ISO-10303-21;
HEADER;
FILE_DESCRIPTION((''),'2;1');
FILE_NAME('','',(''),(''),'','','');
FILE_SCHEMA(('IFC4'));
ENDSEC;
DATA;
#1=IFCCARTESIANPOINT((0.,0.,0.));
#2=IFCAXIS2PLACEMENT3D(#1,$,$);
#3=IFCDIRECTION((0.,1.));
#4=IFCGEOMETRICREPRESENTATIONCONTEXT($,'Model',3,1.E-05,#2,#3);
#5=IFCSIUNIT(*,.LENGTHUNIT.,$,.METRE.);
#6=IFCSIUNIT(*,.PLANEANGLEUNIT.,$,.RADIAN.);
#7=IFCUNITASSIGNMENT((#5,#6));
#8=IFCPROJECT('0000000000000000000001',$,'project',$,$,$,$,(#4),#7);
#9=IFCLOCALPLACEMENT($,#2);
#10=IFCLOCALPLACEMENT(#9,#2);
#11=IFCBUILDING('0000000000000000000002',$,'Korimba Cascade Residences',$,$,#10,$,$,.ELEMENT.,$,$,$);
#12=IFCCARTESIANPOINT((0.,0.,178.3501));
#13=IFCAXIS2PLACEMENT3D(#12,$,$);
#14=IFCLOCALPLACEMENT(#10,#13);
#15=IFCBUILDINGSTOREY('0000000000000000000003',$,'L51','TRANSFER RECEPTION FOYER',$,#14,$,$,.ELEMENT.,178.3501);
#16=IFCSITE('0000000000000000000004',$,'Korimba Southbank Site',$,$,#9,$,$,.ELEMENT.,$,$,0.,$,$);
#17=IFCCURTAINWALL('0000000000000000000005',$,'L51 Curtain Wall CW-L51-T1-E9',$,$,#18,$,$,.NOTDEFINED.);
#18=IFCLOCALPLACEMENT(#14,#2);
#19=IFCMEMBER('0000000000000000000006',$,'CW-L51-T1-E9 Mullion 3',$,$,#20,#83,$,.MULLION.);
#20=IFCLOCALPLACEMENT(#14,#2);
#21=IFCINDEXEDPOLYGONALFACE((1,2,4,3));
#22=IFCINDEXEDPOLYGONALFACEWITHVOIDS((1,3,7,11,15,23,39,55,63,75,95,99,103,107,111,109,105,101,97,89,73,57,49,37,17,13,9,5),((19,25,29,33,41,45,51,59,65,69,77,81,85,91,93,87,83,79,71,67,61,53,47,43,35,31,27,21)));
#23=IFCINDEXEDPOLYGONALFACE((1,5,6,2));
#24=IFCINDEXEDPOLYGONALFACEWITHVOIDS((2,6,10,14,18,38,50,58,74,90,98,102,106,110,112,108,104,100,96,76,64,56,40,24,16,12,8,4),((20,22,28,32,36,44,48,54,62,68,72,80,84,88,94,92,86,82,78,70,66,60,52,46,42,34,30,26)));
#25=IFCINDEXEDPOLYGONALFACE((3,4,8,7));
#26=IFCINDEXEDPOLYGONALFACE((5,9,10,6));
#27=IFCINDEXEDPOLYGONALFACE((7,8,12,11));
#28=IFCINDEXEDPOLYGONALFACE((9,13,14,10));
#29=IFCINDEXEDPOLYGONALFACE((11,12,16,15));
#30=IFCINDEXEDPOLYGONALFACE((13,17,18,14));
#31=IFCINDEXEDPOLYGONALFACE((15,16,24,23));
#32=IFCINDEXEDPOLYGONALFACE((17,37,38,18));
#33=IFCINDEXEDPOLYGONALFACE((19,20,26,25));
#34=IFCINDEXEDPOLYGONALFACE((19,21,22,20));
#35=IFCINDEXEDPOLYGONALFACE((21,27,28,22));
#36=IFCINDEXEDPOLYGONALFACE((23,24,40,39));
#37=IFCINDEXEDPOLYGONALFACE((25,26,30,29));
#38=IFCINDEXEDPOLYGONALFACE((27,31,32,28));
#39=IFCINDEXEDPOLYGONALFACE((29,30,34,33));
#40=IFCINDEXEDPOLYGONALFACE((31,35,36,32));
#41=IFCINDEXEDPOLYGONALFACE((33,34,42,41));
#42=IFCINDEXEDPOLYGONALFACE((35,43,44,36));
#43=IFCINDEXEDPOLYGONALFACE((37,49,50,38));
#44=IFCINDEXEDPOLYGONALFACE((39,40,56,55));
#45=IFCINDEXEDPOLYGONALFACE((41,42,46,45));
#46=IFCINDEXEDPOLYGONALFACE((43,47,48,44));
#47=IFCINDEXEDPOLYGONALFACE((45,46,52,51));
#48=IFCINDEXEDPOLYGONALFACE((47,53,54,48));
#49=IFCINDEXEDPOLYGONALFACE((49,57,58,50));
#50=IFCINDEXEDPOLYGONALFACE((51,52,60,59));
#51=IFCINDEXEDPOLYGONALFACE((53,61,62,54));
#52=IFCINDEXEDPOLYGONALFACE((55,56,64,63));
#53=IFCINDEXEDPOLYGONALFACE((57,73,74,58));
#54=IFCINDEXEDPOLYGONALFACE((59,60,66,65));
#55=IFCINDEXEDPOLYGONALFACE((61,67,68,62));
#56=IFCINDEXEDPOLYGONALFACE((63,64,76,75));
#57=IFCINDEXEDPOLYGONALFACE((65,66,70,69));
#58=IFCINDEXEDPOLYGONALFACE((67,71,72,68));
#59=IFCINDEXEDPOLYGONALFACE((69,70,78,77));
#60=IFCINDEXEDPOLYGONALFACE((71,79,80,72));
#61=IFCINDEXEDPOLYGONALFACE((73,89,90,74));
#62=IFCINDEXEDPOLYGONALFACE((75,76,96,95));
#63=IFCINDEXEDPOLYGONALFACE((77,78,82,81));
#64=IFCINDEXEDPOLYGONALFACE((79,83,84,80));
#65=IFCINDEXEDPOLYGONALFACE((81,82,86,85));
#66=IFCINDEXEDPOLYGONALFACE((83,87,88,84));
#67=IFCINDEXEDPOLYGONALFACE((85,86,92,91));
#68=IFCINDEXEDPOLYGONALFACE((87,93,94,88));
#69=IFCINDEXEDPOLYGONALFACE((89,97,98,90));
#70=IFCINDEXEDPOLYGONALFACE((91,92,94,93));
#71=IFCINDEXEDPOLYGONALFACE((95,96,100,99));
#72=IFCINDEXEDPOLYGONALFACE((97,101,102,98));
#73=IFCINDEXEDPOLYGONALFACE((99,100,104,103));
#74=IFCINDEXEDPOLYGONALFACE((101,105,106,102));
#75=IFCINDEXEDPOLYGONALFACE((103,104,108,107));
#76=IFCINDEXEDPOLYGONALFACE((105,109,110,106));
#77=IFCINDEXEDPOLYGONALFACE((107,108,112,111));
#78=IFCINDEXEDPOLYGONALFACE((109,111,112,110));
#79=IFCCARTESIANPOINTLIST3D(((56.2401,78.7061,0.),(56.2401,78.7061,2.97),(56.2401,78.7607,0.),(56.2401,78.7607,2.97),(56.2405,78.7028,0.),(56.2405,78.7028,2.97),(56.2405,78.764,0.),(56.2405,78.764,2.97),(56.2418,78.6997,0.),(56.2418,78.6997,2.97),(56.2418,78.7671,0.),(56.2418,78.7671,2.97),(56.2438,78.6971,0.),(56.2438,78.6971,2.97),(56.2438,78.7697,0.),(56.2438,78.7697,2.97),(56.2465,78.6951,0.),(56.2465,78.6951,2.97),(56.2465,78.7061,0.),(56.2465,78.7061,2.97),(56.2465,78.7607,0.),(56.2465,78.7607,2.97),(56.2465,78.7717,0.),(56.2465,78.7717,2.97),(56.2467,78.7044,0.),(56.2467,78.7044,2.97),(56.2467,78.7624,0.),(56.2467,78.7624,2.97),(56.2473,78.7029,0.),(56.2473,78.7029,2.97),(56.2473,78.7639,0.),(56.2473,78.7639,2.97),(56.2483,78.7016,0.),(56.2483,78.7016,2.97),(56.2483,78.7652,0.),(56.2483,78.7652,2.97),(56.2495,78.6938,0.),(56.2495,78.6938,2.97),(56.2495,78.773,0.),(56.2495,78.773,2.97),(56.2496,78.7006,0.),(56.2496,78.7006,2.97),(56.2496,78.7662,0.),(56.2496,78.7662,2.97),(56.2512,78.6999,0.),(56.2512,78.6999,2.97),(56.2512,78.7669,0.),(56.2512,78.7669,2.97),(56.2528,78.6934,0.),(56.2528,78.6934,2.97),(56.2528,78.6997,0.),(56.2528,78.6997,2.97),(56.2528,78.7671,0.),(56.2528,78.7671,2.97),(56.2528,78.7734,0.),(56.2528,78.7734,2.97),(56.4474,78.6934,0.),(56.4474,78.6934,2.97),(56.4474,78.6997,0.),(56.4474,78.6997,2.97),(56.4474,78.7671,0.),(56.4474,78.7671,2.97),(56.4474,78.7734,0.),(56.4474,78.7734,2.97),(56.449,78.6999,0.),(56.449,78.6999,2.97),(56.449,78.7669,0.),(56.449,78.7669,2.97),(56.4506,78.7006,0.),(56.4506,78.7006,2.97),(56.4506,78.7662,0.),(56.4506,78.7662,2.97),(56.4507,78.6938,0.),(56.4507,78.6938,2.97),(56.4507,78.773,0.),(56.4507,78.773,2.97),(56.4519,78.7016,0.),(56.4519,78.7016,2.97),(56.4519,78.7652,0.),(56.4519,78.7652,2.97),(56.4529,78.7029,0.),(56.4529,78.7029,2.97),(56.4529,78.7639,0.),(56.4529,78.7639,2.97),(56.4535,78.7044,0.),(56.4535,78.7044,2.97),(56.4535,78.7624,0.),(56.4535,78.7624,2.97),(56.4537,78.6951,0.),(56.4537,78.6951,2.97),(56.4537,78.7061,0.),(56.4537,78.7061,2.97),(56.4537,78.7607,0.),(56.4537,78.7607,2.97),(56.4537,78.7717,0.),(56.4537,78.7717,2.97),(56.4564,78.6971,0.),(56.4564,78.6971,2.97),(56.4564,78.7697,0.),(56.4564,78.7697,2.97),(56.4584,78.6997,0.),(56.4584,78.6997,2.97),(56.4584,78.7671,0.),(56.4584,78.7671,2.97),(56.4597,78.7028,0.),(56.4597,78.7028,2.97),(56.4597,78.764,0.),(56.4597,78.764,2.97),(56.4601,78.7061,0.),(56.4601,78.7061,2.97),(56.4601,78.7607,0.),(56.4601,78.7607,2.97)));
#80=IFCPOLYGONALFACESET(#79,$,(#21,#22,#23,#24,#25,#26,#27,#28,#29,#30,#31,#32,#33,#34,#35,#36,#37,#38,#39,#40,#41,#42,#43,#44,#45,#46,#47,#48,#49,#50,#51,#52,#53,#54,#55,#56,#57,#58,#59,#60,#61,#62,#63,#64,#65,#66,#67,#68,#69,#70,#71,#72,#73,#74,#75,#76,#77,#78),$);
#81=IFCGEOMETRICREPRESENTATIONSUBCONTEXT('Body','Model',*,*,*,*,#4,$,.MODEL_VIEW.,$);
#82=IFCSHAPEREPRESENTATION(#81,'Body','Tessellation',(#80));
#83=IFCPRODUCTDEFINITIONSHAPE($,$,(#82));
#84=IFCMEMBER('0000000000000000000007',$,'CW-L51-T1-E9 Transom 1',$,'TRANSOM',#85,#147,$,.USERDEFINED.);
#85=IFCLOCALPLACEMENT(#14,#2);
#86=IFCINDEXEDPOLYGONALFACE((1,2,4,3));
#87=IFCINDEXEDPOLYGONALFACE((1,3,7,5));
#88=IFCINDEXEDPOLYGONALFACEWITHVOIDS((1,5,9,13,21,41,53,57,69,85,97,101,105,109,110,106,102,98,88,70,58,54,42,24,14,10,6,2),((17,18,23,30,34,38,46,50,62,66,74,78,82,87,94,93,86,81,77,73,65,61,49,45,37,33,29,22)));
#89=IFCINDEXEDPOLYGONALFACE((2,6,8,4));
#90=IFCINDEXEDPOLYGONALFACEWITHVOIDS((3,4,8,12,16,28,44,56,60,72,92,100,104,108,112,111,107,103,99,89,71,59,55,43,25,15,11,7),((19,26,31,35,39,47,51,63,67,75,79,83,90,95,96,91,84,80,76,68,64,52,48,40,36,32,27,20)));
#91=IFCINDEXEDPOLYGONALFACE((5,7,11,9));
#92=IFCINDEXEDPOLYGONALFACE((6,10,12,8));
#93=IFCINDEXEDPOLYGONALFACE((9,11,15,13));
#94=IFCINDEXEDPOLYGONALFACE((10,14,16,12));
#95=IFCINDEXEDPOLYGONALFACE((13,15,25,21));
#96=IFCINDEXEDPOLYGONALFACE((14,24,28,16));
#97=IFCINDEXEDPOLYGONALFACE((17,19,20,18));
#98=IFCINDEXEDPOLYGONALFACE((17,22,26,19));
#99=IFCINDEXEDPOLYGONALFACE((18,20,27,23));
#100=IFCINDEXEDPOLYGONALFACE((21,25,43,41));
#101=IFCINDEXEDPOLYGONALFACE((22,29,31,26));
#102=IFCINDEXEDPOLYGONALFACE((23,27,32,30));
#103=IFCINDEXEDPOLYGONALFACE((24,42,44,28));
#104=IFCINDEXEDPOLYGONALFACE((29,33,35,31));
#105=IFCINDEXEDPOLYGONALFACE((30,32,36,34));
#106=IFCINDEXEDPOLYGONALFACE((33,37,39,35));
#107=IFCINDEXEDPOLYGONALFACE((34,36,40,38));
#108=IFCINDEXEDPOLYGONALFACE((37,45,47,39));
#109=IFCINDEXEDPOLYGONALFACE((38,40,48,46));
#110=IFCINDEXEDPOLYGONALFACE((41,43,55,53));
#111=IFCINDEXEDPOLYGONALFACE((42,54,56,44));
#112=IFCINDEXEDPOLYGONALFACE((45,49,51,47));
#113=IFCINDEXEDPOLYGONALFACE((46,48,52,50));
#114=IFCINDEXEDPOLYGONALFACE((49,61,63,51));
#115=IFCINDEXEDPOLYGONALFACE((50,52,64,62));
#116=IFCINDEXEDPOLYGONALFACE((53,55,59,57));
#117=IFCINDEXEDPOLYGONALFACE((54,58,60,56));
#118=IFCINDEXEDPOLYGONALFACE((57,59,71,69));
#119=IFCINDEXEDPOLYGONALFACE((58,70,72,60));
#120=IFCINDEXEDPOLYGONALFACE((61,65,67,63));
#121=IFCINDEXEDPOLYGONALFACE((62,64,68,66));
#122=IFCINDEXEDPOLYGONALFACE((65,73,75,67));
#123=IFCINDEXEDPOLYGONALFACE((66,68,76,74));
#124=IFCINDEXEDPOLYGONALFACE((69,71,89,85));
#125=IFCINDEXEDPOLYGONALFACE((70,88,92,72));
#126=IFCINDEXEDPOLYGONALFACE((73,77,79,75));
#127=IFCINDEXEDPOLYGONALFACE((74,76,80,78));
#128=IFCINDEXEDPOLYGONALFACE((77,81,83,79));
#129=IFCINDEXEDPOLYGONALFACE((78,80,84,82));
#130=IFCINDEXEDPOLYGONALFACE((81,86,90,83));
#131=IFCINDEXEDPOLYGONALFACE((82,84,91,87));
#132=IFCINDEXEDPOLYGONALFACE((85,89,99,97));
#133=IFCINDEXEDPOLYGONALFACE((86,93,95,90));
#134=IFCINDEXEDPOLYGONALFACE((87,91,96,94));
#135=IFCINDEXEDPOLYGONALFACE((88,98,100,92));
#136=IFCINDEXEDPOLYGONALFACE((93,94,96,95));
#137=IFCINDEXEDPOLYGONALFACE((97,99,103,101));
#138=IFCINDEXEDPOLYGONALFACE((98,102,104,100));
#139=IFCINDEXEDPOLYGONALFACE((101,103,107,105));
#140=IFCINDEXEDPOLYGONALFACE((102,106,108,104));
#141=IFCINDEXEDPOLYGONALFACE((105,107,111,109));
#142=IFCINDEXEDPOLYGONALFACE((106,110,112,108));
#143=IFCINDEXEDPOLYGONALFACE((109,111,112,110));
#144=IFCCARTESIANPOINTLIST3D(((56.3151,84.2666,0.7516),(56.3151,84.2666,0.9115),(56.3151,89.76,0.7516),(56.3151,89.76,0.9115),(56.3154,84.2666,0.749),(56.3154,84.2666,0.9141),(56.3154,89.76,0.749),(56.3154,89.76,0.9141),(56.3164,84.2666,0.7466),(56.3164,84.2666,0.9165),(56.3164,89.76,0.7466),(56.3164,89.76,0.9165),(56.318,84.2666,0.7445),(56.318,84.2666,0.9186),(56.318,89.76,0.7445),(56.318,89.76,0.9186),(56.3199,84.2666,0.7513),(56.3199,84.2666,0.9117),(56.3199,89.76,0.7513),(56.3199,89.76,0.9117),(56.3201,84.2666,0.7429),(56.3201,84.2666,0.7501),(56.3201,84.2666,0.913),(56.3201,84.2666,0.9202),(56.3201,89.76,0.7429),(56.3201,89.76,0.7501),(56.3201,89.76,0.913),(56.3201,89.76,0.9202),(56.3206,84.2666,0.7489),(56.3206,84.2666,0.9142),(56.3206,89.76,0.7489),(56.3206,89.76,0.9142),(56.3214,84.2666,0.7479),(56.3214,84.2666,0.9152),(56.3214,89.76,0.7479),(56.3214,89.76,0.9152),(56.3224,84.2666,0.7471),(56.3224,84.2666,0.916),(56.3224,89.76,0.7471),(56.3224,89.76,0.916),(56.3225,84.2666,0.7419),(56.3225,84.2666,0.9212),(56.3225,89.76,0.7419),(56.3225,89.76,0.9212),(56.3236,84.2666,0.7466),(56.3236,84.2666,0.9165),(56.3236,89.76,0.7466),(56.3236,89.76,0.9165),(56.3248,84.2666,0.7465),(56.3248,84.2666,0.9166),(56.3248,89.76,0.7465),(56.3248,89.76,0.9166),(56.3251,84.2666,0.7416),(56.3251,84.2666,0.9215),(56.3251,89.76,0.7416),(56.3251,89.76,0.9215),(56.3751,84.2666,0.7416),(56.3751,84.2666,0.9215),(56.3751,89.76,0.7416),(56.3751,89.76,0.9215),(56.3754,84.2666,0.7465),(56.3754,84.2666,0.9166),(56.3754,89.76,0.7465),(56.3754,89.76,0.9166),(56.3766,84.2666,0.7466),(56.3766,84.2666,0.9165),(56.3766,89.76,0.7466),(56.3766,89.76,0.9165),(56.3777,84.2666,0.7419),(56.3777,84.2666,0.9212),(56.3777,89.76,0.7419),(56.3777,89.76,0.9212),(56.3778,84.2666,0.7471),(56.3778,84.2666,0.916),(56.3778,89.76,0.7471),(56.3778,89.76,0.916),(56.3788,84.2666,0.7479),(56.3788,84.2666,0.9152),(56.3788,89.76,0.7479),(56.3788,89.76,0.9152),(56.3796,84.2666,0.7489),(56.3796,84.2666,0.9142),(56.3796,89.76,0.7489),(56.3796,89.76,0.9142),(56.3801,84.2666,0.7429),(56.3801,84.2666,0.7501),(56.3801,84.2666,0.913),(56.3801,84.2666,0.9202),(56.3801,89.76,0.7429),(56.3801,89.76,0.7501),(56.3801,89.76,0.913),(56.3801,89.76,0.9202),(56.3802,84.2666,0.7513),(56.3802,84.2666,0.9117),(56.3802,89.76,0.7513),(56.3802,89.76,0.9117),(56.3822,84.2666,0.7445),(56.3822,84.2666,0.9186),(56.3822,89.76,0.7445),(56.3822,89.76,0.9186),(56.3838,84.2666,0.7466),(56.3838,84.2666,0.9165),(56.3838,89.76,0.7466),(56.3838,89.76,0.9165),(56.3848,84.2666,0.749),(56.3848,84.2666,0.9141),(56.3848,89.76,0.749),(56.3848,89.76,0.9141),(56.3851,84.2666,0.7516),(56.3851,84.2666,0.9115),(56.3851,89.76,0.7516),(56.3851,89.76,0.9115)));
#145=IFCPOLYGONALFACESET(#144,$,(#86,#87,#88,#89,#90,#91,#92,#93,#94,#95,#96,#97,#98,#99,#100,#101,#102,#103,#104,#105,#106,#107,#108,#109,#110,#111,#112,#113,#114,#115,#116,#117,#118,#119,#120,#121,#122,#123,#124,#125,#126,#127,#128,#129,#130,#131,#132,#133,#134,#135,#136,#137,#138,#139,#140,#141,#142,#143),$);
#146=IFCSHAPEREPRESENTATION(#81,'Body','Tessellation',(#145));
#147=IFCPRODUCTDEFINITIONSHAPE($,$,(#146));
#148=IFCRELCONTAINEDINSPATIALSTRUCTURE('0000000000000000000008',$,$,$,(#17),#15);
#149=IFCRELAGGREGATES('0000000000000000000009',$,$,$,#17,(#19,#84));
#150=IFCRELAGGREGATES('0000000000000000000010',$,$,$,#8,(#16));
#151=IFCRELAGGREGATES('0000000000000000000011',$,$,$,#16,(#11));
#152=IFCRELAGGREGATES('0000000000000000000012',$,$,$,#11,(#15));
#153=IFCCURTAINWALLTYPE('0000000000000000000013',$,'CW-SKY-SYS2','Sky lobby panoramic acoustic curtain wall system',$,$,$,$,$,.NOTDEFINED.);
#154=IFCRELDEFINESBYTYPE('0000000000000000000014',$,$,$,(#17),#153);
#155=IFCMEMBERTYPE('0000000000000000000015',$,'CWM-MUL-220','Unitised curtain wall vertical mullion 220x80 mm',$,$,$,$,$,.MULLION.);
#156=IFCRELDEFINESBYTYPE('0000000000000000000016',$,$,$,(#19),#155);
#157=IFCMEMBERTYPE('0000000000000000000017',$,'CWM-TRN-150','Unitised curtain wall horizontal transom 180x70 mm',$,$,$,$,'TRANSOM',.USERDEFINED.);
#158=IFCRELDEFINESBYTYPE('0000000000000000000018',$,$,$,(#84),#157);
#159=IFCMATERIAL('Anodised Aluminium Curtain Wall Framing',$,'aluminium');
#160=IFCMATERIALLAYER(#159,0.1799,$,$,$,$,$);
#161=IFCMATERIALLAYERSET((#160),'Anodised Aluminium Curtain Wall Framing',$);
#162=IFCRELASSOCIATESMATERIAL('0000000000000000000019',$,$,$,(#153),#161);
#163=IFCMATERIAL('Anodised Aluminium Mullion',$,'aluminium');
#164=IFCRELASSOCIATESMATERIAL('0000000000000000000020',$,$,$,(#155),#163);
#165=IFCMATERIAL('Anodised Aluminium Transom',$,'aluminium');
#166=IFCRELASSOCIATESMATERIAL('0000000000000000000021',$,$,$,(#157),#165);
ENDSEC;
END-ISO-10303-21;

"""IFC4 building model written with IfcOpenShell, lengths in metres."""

from ifc_helpers import new_model, si_unit, direction, frame, origin, origin_2d, place, context, subcontext, project, spatial, hollow_rectangle, extrude, material, layer, layer_set, material_profile, profile_set, type_object, element, aggregate, save


model = new_model("IFC4")

# Units and contexts
model_context = context("Model", 3, precision=1e-05, world=origin(), true_north=direction((0.0, 1.0)))
body_context = subcontext(model_context, "Body", "Model", "MODEL_VIEW")
ifc_project = project(units=[si_unit("LENGTHUNIT", "METRE"), si_unit("PLANEANGLEUNIT", "RADIAN")], contexts=[model_context])

# Site, building, storey
site_placement = place(None, origin())
site = spatial("IfcSite", under=ifc_project, at=site_placement, Name="Korimba Southbank Site", CompositionType="ELEMENT", RefElevation=0.0)
building_placement = place(site_placement, origin())
building = spatial("IfcBuilding", under=site, at=building_placement, Name="Korimba Cascade Residences", CompositionType="ELEMENT")
storey_placement = place(building_placement, frame((0.0, 0.0, 178.3501)))
storey = spatial("IfcBuildingStorey", under=building, at=storey_placement, Name="L51", Description="TRANSFER RECEPTION FOYER", CompositionType="ELEMENT", Elevation=178.3501)

# Curtain wall, members
ifc_material_1 = material(Name="Anodised Aluminium Curtain Wall Framing", Category="aluminium")
ifc_layer_1 = layer(ifc_material_1, 0.1799)
ifc_layer_set_1 = layer_set([ifc_layer_1], Name="Anodised Aluminium Curtain Wall Framing")
curtain_wall_type = type_object("IfcCurtainWallType", Name="CW-SKY-SYS2", Description="Sky lobby panoramic acoustic curtain wall system", PredefinedType="NOTDEFINED", material=ifc_layer_set_1)
curtain_wall_placement = place(storey_placement, origin())
curtain_wall = element("IfcCurtainWall", 1, at=curtain_wall_placement, inside=storey, type_object=curtain_wall_type, Name="L51 Curtain Wall CW-L51-T1-E9", PredefinedType="NOTDEFINED")
ifc_material_2 = material(Name="Anodised Aluminium Mullion", Category="aluminium")
ifc_material_profile_1 = material_profile(ifc_material_2, hollow_rectangle(XDim=0.0801, YDim=0.22, WallThickness=0.0063, InnerFilletRadius=0.0063, OuterFilletRadius=0.0127, at=origin_2d()), Name="Anodised Aluminium Mullion")
ifc_profile_set_1 = profile_set([ifc_material_profile_1], Name="Anodised Aluminium Mullion")
member_type_1 = type_object("IfcMemberType", Name="CWM-MUL-220", Description="Unitised curtain wall vertical mullion 220x80 mm", PredefinedType="MULLION", material=ifc_profile_set_1)
member_1_placement = place(storey_placement, frame((56.3501, 78.7334, 0.0), z_axis=(0.0, 0.0, 1.0), x_axis=(0.0, -1.0, 0.0)))
member_1 = element("IfcMember", 2, at=member_1_placement, type_object=member_type_1, Name="CW-L51-T1-E9 Mullion 3", PredefinedType="MULLION", context=body_context, shape_type="SweptSolid", body=[
    extrude(hollow_rectangle(XDim=0.0801, YDim=0.22, WallThickness=0.0063, InnerFilletRadius=0.0063, OuterFilletRadius=0.0127, at=origin_2d()), origin(), (0.0, 0.0, 1.0), 2.97),
])
ifc_material_3 = material(Name="Anodised Aluminium Transom", Category="aluminium")
ifc_material_profile_2 = material_profile(ifc_material_3, hollow_rectangle(XDim=0.0701, YDim=0.1799, WallThickness=0.0049, InnerFilletRadius=0.0049, OuterFilletRadius=0.01, at=origin_2d()), Name="Anodised Aluminium Transom")
ifc_profile_set_2 = profile_set([ifc_material_profile_2], Name="Anodised Aluminium Transom")
member_type_2 = type_object("IfcMemberType", Name="CWM-TRN-150", Description="Unitised curtain wall horizontal transom 180x70 mm", ElementType="TRANSOM", PredefinedType="USERDEFINED", material=ifc_profile_set_2)
member_2_placement = place(storey_placement, frame((56.3501, 89.76, 0.8315), z_axis=(0.0, -1.0, 0.0), x_axis=(1.0, 0.0, 0.0)))
member_2 = element("IfcMember", 3, at=member_2_placement, type_object=member_type_2, Name="CW-L51-T1-E9 Transom 1", ObjectType="TRANSOM", PredefinedType="USERDEFINED", context=body_context, shape_type="SweptSolid", body=[
    extrude(hollow_rectangle(XDim=0.0701, YDim=0.1799, WallThickness=0.0049, InnerFilletRadius=0.0049, OuterFilletRadius=0.01, at=origin_2d()), origin(), (0.0, 0.0, 1.0), 5.4934),
])
aggregate(curtain_wall, [member_1, member_2])

save(model, "model.ifc")
